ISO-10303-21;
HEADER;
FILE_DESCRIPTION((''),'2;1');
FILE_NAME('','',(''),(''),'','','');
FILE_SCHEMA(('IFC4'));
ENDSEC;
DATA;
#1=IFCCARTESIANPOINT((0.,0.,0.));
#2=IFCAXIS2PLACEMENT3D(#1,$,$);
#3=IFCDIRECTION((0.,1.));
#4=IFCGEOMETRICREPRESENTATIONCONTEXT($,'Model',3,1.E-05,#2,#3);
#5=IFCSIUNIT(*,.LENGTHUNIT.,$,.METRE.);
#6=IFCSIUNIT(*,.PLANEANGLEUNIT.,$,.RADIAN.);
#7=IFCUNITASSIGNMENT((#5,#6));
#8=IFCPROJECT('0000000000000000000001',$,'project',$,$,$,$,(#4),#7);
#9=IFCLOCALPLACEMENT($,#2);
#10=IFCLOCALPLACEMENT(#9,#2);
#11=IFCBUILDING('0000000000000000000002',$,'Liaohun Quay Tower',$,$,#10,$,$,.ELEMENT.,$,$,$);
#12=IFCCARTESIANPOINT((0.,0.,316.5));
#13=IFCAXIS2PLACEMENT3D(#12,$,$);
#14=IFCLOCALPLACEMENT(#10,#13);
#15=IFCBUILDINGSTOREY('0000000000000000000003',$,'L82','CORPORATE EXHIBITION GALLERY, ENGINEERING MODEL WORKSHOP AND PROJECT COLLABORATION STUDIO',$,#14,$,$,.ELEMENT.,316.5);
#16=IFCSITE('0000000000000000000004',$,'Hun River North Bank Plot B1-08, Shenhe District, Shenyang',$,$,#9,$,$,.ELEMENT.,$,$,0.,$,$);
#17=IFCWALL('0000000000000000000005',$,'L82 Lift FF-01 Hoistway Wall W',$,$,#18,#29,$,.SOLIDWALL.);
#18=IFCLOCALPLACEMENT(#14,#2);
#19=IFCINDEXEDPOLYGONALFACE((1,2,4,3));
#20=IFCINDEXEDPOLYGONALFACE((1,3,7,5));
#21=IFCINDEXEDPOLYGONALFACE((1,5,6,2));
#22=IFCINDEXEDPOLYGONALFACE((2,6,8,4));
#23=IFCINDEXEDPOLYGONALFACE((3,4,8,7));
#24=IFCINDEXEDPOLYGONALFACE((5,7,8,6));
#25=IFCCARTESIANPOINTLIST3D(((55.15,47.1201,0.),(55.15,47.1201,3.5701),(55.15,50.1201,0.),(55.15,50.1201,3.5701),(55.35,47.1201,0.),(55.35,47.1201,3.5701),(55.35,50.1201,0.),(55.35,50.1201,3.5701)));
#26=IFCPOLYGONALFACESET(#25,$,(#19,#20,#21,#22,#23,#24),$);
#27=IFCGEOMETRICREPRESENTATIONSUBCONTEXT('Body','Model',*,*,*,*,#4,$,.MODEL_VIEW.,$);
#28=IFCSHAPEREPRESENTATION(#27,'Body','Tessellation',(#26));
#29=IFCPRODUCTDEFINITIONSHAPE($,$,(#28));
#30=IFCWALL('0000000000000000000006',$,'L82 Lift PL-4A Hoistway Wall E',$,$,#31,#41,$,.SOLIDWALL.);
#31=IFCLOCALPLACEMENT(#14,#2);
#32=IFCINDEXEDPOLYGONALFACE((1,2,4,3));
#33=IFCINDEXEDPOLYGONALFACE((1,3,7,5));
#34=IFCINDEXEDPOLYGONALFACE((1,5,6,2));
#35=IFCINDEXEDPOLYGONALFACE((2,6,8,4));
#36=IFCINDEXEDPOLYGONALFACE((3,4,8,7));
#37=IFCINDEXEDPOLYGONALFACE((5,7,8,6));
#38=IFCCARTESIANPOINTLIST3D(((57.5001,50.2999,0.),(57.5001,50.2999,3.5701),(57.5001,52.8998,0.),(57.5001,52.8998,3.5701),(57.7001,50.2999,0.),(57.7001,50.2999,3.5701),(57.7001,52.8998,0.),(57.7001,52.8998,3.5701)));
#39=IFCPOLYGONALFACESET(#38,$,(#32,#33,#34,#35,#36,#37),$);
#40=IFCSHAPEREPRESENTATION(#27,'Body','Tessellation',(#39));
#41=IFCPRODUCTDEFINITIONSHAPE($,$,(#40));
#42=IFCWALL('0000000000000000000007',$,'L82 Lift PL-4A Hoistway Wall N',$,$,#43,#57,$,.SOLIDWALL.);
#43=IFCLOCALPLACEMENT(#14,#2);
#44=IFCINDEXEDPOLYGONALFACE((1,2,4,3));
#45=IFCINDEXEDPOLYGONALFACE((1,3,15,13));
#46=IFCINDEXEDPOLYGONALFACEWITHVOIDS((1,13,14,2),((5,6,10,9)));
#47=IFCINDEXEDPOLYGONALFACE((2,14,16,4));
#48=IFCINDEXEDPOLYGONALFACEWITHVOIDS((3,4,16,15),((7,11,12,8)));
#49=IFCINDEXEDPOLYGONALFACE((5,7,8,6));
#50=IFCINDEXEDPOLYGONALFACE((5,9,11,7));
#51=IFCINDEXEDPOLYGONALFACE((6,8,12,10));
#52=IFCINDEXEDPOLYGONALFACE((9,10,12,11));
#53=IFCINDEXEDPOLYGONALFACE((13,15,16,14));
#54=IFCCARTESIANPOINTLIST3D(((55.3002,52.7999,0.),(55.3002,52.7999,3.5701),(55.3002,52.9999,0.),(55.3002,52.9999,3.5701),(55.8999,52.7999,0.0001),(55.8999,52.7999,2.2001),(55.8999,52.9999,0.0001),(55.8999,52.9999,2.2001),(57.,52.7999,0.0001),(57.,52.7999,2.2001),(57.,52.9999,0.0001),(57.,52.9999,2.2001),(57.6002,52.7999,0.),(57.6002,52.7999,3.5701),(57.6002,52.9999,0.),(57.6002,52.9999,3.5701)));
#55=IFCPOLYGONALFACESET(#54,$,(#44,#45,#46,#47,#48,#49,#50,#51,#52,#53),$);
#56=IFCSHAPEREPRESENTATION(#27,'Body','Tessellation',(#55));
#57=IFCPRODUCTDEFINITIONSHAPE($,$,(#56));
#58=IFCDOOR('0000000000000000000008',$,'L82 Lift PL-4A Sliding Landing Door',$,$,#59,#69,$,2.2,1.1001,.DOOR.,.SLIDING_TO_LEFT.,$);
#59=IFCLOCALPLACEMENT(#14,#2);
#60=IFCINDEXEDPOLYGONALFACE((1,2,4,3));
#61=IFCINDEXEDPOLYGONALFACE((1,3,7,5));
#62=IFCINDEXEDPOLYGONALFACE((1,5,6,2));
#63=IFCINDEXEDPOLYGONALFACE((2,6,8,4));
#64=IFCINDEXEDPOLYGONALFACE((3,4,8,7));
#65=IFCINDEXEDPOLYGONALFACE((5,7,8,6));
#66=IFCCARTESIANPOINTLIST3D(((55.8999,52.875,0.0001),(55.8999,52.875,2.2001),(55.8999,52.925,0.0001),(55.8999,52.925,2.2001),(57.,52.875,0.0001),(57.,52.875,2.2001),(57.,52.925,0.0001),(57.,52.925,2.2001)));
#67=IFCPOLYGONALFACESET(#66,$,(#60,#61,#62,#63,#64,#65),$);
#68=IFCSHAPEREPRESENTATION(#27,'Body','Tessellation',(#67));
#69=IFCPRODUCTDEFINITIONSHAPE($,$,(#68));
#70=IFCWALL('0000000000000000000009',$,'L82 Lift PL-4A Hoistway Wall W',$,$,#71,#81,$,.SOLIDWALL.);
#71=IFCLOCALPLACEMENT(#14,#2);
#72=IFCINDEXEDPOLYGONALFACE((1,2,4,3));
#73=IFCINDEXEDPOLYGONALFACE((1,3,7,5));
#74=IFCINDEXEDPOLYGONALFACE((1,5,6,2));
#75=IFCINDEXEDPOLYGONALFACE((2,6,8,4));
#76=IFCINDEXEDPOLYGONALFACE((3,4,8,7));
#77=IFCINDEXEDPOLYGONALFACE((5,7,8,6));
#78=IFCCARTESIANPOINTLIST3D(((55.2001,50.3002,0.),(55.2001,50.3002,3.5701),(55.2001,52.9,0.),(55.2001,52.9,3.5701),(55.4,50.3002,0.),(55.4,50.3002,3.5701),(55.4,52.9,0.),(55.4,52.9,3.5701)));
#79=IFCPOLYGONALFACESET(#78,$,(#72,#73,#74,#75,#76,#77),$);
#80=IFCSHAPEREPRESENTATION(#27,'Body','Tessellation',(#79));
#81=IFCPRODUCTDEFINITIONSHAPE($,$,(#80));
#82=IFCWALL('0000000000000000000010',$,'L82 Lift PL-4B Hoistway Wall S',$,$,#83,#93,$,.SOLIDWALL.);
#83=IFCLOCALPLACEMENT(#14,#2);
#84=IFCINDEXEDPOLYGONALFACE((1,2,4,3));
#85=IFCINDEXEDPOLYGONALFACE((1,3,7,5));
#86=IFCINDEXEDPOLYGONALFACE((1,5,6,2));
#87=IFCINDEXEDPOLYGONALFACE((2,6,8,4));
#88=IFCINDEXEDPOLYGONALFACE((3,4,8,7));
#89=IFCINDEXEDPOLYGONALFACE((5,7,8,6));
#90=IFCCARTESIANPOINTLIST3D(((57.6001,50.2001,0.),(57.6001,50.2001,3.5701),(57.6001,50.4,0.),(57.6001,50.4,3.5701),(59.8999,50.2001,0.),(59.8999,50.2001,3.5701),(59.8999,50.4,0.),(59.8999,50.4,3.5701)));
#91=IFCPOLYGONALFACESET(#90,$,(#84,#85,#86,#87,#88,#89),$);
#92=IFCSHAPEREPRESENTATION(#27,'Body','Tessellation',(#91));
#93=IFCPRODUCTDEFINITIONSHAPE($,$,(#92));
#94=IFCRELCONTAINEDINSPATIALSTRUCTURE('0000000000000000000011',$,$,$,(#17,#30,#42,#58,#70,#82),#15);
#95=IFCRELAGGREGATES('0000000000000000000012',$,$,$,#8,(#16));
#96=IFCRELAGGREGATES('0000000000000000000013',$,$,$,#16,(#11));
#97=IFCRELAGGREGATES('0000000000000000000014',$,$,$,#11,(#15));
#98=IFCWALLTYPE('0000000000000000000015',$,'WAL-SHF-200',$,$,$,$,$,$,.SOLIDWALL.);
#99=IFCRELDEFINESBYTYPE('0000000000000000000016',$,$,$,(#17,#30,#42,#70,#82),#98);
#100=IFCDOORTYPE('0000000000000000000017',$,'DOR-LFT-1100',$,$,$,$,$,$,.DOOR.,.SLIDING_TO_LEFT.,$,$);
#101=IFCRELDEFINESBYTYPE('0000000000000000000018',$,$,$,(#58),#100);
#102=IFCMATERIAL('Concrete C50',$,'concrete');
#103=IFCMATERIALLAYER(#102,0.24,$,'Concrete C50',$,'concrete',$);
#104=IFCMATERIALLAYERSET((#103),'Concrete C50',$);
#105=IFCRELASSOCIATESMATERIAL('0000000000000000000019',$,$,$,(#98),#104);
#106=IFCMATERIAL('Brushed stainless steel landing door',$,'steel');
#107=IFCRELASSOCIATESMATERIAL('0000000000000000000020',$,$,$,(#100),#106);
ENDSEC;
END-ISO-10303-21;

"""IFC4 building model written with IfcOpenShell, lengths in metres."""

from ifc_helpers import new_model, si_unit, direction, frame, frame_2d, origin, place, context, subcontext, project, spatial, rectangle, extrude, source, transform, mapped, material, layer, layer_set, type_object, element, fill, save


model = new_model("IFC4")

# Units and contexts
model_context = context("Model", 3, precision=1e-05, world=origin(), true_north=direction((0.0, 1.0)))
body_context = subcontext(model_context, "Body", "Model", "MODEL_VIEW")
ifc_project = project(units=[si_unit("LENGTHUNIT", "METRE"), si_unit("PLANEANGLEUNIT", "RADIAN")], contexts=[model_context])

# Site, building, storey
site_placement = place(None, origin())
site = spatial("IfcSite", under=ifc_project, at=site_placement, Name="Hun River North Bank Plot B1-08, Shenhe District, Shenyang", CompositionType="ELEMENT", RefElevation=0.0)
building_placement = place(site_placement, origin())
building = spatial("IfcBuilding", under=site, at=building_placement, Name="Liaohun Quay Tower", CompositionType="ELEMENT")
storey_placement = place(building_placement, frame((0.0, 0.0, 316.5)))
storey = spatial("IfcBuildingStorey", under=building, at=storey_placement, Name="L82", Description="CORPORATE EXHIBITION GALLERY, ENGINEERING MODEL WORKSHOP AND PROJECT COLLABORATION STUDIO", CompositionType="ELEMENT", Elevation=316.5)

# Shared definitions
ifc_material_1 = material(Name="Concrete C50", Category="concrete")

# Shared definitions
ifc_layer_1 = layer(ifc_material_1, 0.24, Name="Concrete C50", Category="concrete")
ifc_layer_set_1 = layer_set([ifc_layer_1], Name="Concrete C50")
wall_type_1 = type_object("IfcWallType", Name="WAL-SHF-200", PredefinedType="SOLIDWALL", material=ifc_layer_set_1)

# Walls
wall_1_placement = place(storey_placement, frame((55.25, 50.1201, 0.0), z_axis=(0.0, 0.0, 1.0), x_axis=(0.0, -1.0, 0.0)))
element("IfcWall", 1, at=wall_1_placement, inside=storey, type_object=wall_type_1, Name="L82 Lift FF-01 Hoistway Wall W", PredefinedType="SOLIDWALL", context=body_context, shape_type="SweptSolid", body=[
    extrude(rectangle(XDim=3.0, YDim=0.2, at=frame_2d((1.5, 0.0))), origin(), (0.0, 0.0, 1.0), 3.5701),
])
wall_2_placement = place(storey_placement, frame((57.6001, 50.3, 0.0), z_axis=(0.0, 0.0, 1.0), x_axis=(0.0, 1.0, 0.0)))
element("IfcWall", 2, at=wall_2_placement, inside=storey, type_object=wall_type_1, Name="L82 Lift PL-4A Hoistway Wall E", PredefinedType="SOLIDWALL", context=body_context, shape_type="SweptSolid", body=[
    extrude(rectangle(XDim=2.5999, YDim=0.2, at=frame_2d((1.2998, 0.0))), origin(), (0.0, 0.0, 1.0), 3.5701),
])

# Wall, opening, door
wall_3_placement = place(storey_placement, frame((57.6001, 52.8999, 0.0), z_axis=(0.0, 0.0, 1.0), x_axis=(-1.0, 0.0, 0.0)))
wall_3 = element("IfcWall", 3, at=wall_3_placement, inside=storey, type_object=wall_type_1, Name="L82 Lift PL-4A Hoistway Wall N", PredefinedType="SOLIDWALL", context=body_context, shape_type="SweptSolid", body=[
    extrude(rectangle(XDim=2.3, YDim=0.2, at=frame_2d((1.1499, 0.0))), origin(), (0.0, 0.0, 1.0), 3.5701),
])
shared_shape_1 = source(origin(), body_context, "Body", "SweptSolid", [
    extrude(rectangle(XDim=1.1001, YDim=2.2, at=frame_2d((0.55, 1.1001))), frame((0.0, 0.1099, 0.0), z_axis=(0.0, -1.0, 0.0), x_axis=(1.0, 0.0, 0.0)), (0.0, 0.0, 1.0), 0.22),
])
opening_1_placement = place(wall_3_placement, frame((0.6001, 0.0, 0.0)))
opening_1 = element("IfcOpeningElement", 4, at=opening_1_placement, cuts=wall_3, PredefinedType="OPENING", context=body_context, shape_type="MappedRepresentation", body=[
    mapped(shared_shape_1, transform((0.0, 0.0, 0.0), x_axis=(1.0, 0.0, 0.0), y_axis=(0.0, 1.0, 0.0), z_axis=(0.0, 0.0, 1.0), scale=1.0)),
])
ifc_material_2 = material(Name="Brushed stainless steel landing door", Category="steel")
door_type_1 = type_object("IfcDoorType", Name="DOR-LFT-1100", OperationType="SLIDING_TO_LEFT", PredefinedType="DOOR", material=ifc_material_2)
shared_shape_2 = source(origin(), body_context, "Body", "SweptSolid", [
    extrude(rectangle(XDim=1.1001, YDim=2.2, at=frame_2d((0.55, 1.1001))), frame((0.0, 0.0249, 0.0), z_axis=(0.0, -1.0, 0.0), x_axis=(1.0, 0.0, 0.0)), (0.0, 0.0, 1.0), 0.05),
])
door_1_placement = place(opening_1_placement, origin())
door_1 = element("IfcDoor", 5, at=door_1_placement, inside=storey, type_object=door_type_1, Name="L82 Lift PL-4A Sliding Landing Door", OperationType="SLIDING_TO_LEFT", OverallHeight=2.2, OverallWidth=1.1001, PredefinedType="DOOR", context=body_context, shape_type="MappedRepresentation", body=[
    mapped(shared_shape_2, transform((0.0, 0.0, 0.0), x_axis=(1.0, 0.0, 0.0), y_axis=(0.0, 1.0, 0.0), z_axis=(0.0, 0.0, 1.0), scale=1.0)),
])
fill(opening_1, door_1)

# Walls
wall_4_placement = place(storey_placement, frame((55.3, 52.8999, 0.0), z_axis=(0.0, 0.0, 1.0), x_axis=(0.0, -1.0, 0.0)))
element("IfcWall", 6, at=wall_4_placement, inside=storey, type_object=wall_type_1, Name="L82 Lift PL-4A Hoistway Wall W", PredefinedType="SOLIDWALL", context=body_context, shape_type="SweptSolid", body=[
    extrude(rectangle(XDim=2.5999, YDim=0.2, at=frame_2d((1.2998, 0.0))), origin(), (0.0, 0.0, 1.0), 3.5701),
])
wall_5_placement = place(storey_placement, frame((57.6001, 50.3, 0.0), z_axis=(0.0, 0.0, 1.0), x_axis=(1.0, 0.0, 0.0)))
element("IfcWall", 7, at=wall_5_placement, inside=storey, type_object=wall_type_1, Name="L82 Lift PL-4B Hoistway Wall S", PredefinedType="SOLIDWALL", context=body_context, shape_type="SweptSolid", body=[
    extrude(rectangle(XDim=2.2998, YDim=0.2, at=frame_2d((1.1499, 0.0))), origin(), (0.0, 0.0, 1.0), 3.5701),
])

save(model, "model.ifc")
